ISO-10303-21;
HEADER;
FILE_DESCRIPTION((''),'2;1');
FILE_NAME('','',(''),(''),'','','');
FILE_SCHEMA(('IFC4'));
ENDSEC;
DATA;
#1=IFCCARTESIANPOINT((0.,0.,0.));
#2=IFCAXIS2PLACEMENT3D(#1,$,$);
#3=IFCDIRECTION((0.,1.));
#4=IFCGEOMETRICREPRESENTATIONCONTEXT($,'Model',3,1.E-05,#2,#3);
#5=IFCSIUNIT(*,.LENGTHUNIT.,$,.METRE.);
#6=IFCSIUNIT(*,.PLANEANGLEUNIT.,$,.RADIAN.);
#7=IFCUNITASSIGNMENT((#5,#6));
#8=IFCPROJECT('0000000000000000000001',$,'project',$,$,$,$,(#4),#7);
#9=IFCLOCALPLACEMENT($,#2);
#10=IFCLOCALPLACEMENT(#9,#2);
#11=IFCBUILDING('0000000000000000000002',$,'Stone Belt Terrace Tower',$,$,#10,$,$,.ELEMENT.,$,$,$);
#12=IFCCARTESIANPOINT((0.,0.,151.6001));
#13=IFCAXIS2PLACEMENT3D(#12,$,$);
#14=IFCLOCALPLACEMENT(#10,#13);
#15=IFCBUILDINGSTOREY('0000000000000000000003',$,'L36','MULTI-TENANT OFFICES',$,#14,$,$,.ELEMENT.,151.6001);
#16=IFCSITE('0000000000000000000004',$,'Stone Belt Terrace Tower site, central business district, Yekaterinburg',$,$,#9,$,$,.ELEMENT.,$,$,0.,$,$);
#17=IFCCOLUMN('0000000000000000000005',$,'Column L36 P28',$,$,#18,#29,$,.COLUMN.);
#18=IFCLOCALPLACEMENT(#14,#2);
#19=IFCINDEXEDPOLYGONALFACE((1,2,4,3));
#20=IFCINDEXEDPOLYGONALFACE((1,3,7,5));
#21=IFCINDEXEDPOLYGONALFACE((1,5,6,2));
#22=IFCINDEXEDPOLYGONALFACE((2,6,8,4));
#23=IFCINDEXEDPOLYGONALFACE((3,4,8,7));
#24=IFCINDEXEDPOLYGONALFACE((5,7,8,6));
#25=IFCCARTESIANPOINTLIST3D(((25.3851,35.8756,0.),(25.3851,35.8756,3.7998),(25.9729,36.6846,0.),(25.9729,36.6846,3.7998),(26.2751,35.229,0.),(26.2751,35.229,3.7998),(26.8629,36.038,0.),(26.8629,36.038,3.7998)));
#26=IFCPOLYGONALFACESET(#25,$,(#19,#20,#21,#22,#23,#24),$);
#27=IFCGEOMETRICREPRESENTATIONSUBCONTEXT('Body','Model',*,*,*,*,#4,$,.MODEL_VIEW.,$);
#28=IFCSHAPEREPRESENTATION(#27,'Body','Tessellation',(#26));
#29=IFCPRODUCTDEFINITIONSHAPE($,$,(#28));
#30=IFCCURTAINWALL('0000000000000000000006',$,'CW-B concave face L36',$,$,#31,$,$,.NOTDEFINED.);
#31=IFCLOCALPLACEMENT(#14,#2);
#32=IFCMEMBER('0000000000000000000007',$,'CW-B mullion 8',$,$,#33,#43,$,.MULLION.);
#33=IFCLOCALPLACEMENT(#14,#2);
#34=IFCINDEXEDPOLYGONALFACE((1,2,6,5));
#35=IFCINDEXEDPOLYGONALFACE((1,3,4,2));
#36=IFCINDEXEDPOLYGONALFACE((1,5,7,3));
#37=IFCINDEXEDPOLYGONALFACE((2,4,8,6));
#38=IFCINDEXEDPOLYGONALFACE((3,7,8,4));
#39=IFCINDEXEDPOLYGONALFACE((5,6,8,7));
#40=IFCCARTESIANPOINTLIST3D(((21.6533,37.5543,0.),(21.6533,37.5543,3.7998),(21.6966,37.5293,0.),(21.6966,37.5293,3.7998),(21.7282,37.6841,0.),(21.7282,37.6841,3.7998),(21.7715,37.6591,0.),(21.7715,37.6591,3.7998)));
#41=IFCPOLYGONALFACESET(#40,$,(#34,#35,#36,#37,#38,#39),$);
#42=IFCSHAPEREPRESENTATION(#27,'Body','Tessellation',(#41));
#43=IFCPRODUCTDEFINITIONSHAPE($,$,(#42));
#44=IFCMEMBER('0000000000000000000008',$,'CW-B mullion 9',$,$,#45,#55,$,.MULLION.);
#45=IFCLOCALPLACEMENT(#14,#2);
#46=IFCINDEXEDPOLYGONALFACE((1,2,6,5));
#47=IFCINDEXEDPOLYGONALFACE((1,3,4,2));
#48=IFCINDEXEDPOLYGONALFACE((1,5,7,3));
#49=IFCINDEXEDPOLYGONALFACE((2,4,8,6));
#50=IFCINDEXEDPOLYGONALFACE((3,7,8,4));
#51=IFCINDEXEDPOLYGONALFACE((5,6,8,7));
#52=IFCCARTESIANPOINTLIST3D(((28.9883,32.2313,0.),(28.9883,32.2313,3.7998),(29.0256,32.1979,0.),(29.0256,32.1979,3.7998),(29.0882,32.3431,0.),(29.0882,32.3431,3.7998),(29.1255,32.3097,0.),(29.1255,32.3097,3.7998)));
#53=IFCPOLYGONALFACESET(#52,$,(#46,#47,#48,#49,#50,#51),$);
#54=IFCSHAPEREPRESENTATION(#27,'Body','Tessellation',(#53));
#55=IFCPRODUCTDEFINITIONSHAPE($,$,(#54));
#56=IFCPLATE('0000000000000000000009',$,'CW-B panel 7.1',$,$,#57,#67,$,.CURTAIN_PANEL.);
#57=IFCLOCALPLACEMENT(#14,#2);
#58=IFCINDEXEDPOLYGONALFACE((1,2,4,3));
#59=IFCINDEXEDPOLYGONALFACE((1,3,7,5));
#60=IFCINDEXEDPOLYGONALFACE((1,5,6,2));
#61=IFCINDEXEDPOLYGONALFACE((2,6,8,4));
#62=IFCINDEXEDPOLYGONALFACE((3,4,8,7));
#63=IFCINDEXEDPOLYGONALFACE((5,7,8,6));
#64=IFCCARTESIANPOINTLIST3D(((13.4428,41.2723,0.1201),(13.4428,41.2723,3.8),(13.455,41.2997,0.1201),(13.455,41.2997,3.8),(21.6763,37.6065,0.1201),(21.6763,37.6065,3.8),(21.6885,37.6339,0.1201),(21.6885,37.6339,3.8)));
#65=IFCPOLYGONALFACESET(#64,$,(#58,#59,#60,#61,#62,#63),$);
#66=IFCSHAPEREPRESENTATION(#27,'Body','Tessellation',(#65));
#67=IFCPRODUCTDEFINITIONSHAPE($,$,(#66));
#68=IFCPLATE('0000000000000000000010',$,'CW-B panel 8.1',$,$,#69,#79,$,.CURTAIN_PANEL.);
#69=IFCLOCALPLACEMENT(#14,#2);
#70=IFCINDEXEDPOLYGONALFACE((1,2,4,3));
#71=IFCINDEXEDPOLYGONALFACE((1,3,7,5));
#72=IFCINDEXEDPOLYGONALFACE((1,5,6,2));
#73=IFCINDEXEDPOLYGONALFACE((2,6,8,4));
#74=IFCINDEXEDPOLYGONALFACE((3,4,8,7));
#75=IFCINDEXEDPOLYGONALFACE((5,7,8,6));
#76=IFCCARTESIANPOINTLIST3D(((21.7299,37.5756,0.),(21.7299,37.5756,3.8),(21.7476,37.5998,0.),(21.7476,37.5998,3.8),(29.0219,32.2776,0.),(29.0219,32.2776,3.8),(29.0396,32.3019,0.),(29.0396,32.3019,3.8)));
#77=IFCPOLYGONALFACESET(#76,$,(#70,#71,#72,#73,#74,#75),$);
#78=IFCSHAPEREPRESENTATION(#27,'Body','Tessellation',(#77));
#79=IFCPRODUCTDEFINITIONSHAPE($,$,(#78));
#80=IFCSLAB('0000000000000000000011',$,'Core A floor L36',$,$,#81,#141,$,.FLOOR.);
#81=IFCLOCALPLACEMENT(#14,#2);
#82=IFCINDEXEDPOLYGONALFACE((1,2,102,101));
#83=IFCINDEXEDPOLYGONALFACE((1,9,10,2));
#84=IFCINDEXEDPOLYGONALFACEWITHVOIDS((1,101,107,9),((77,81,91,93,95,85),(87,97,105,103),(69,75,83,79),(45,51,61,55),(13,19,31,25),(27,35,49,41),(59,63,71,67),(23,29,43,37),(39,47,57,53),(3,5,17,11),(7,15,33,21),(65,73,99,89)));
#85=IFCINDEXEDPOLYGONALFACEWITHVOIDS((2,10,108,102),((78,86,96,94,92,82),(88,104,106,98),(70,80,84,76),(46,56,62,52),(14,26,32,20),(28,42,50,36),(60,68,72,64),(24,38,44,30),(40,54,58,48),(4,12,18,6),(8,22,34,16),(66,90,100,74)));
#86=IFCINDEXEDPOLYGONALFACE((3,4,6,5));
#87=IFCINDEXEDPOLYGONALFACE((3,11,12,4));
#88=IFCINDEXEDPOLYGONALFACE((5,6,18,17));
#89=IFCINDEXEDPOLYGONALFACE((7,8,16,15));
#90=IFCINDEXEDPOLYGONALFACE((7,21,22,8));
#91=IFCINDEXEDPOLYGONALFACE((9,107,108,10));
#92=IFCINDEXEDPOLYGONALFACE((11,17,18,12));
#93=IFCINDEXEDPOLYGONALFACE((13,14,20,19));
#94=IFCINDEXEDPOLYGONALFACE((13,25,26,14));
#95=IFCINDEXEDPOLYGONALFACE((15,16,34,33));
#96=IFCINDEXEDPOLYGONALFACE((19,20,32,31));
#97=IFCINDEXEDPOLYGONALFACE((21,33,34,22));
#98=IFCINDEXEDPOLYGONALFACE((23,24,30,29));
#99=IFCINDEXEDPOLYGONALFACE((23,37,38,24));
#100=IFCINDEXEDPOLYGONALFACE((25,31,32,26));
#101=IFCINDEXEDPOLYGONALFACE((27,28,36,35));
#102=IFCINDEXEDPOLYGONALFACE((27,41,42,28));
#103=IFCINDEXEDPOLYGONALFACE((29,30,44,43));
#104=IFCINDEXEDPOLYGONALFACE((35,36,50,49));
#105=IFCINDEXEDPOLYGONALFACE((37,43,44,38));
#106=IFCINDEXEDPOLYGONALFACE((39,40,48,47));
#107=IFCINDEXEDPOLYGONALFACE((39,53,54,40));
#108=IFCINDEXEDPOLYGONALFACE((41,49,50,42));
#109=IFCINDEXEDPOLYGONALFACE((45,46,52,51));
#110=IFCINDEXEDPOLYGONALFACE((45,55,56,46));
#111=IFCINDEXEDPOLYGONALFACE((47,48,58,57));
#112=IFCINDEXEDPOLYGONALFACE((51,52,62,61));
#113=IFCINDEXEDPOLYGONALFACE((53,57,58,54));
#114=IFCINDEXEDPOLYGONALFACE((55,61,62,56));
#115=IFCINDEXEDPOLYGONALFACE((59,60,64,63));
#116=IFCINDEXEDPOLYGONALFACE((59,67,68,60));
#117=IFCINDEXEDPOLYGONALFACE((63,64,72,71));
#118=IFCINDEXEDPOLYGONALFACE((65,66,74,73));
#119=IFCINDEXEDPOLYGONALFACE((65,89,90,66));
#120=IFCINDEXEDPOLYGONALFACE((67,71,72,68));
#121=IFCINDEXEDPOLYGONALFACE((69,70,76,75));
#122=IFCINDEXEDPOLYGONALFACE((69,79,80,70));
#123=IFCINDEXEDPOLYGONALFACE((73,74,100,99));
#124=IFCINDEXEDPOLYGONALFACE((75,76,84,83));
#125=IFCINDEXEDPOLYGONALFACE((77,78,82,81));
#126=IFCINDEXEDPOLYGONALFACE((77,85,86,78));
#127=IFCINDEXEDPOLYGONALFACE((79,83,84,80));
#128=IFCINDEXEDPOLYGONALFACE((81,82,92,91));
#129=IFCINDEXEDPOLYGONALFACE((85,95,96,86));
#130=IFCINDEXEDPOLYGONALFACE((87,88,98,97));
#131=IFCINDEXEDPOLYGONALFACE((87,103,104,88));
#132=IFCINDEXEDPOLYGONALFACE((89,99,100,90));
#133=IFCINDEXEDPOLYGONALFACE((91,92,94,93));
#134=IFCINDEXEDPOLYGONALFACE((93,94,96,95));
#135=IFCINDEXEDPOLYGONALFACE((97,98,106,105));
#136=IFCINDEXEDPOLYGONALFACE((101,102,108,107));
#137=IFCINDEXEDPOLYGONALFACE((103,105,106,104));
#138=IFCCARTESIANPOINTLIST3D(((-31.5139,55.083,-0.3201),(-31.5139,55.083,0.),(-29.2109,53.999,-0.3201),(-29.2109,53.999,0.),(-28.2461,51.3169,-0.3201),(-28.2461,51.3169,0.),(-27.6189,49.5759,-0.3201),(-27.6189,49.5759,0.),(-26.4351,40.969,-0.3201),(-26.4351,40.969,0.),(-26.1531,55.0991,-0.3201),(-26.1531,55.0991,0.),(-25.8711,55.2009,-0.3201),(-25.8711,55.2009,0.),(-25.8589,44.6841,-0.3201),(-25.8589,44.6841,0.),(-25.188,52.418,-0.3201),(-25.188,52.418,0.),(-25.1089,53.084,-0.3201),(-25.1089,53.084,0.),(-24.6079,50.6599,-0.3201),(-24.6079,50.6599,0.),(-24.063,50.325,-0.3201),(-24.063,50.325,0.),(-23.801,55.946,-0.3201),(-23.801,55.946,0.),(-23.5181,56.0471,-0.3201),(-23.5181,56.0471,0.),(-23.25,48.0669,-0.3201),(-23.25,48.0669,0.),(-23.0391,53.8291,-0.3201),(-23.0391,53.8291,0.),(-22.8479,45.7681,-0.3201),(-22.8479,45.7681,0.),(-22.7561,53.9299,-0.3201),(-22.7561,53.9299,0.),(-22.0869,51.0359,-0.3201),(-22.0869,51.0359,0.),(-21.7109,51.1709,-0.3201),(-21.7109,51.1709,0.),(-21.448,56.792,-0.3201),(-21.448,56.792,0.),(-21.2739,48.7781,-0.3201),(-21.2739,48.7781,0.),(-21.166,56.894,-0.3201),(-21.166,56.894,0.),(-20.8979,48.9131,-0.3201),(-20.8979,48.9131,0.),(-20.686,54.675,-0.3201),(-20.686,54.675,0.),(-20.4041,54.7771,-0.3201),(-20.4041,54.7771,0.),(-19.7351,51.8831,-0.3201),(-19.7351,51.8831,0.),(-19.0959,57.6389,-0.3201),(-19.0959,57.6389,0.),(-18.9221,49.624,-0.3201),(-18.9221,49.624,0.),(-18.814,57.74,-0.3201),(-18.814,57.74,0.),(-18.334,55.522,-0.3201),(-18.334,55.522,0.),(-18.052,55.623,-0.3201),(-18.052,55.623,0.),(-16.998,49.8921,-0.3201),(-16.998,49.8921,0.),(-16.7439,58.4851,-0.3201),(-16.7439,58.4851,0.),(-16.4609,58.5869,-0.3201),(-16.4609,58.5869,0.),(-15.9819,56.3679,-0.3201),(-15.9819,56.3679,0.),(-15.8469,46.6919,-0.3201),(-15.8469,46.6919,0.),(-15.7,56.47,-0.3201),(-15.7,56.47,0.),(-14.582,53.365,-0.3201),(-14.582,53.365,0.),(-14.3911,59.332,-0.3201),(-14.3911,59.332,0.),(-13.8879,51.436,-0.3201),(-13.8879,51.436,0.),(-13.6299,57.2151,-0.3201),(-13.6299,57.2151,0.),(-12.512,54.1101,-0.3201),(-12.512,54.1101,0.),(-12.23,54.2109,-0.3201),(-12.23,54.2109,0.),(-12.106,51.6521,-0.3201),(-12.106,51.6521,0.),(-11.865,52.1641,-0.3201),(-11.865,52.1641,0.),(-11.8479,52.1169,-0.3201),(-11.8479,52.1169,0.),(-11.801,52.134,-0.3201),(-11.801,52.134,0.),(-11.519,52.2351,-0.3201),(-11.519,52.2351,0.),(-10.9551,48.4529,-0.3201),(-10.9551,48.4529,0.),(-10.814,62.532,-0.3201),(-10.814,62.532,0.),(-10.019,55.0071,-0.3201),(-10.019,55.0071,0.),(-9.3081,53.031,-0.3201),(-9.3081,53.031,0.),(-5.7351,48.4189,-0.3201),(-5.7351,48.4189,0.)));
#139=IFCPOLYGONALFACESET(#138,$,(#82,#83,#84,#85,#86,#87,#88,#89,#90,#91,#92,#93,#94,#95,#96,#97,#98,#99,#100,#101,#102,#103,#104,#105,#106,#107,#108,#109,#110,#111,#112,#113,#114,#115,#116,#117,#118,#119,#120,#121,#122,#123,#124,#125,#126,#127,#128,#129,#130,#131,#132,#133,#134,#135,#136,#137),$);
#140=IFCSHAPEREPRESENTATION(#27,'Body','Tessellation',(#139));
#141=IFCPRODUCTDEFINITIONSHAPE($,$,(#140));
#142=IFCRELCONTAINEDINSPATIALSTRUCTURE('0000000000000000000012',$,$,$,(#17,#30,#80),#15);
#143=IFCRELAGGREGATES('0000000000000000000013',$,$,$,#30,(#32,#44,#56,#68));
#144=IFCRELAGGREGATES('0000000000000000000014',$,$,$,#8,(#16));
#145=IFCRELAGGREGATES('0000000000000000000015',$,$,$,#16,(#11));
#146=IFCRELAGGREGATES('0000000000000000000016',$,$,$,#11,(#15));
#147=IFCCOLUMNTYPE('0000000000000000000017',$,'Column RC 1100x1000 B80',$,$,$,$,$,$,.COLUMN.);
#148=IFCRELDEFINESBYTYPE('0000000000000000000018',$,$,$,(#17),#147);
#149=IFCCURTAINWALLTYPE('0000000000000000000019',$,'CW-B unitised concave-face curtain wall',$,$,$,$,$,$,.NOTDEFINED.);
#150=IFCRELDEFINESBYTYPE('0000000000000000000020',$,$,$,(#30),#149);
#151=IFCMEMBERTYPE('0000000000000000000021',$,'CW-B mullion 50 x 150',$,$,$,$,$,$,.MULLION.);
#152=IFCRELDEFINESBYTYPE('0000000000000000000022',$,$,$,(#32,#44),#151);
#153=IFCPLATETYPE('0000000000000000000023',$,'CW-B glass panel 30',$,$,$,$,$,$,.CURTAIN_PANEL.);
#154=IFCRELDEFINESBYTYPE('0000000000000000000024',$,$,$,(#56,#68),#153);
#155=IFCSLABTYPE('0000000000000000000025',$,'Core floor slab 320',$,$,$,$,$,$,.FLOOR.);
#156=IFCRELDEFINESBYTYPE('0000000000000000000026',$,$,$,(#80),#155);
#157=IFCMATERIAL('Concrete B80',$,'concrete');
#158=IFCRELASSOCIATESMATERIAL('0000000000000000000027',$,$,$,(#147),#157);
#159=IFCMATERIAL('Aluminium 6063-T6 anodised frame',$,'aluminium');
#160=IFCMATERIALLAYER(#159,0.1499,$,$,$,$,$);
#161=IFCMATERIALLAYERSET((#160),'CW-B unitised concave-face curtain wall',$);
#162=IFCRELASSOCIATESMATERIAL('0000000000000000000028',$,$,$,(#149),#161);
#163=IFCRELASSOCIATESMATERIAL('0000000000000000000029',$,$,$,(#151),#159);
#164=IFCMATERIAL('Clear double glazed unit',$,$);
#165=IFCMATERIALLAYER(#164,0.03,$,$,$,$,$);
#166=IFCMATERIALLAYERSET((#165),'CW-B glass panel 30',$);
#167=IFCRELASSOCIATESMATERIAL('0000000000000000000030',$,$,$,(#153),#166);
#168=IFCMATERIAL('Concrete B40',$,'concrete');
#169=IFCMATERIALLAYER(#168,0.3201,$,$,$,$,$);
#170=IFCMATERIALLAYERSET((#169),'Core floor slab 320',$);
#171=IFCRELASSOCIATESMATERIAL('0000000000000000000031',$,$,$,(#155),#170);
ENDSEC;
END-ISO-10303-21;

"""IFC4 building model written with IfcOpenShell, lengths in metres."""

from ifc_helpers import new_model, si_unit, direction, frame, origin, origin_2d, place, context, subcontext, project, spatial, polyline, rectangle, outline, extrude, material, layer, layer_set, material_profile, profile_set, type_object, element, aggregate, save


model = new_model("IFC4")

# Units and contexts
model_context = context("Model", 3, precision=1e-05, world=origin(), true_north=direction((0.0, 1.0)))
body_context = subcontext(model_context, "Body", "Model", "MODEL_VIEW")
ifc_project = project(units=[si_unit("LENGTHUNIT", "METRE"), si_unit("PLANEANGLEUNIT", "RADIAN")], contexts=[model_context])

# Site, building, storey
site_placement = place(None, origin())
site = spatial("IfcSite", under=ifc_project, at=site_placement, Name="Stone Belt Terrace Tower site, central business district, Yekaterinburg", CompositionType="ELEMENT", RefElevation=0.0)
building_placement = place(site_placement, origin())
building = spatial("IfcBuilding", under=site, at=building_placement, Name="Stone Belt Terrace Tower", CompositionType="ELEMENT")
storey_placement = place(building_placement, frame((0.0, 0.0, 151.6001)))
storey = spatial("IfcBuildingStorey", under=building, at=storey_placement, Name="L36", Description="MULTI-TENANT OFFICES", CompositionType="ELEMENT", Elevation=151.6001)

# Column
ifc_material_1 = material(Name="Concrete B80", Category="concrete")
ifc_material_profile_1 = material_profile(ifc_material_1, rectangle(XDim=1.1001, YDim=1.0, at=origin_2d()), Name="RC 1100x1000")
ifc_profile_set_1 = profile_set([ifc_material_profile_1], Name="Concrete B80")
column_type = type_object("IfcColumnType", Name="Column RC 1100x1000 B80", PredefinedType="COLUMN", material=ifc_profile_set_1)
column_placement = place(storey_placement, frame((26.124, 35.9568, 0.0), z_axis=(0.0, 0.0, 1.0), x_axis=(0.809017, -0.587785, 0.0)))
element("IfcColumn", 1, at=column_placement, inside=storey, type_object=column_type, Name="Column L36 P28", PredefinedType="COLUMN", context=body_context, shape_type="SweptSolid", body=[
    extrude(rectangle(XDim=1.1001, YDim=1.0, at=origin_2d()), origin(), (0.0, 0.0, 1.0), 3.7998),
])

# Curtain wall, members, plates
ifc_material_2 = material(Name="Aluminium 6063-T6 anodised frame", Category="aluminium")
ifc_layer_1 = layer(ifc_material_2, 0.1499)
ifc_layer_set_1 = layer_set([ifc_layer_1], Name="CW-B unitised concave-face curtain wall")
curtain_wall_type = type_object("IfcCurtainWallType", Name="CW-B unitised concave-face curtain wall", PredefinedType="NOTDEFINED", material=ifc_layer_set_1)
curtain_wall_placement = place(storey_placement, origin())
curtain_wall = element("IfcCurtainWall", 2, at=curtain_wall_placement, inside=storey, type_object=curtain_wall_type, Name="CW-B concave face L36", PredefinedType="NOTDEFINED")
ifc_material_profile_2 = material_profile(ifc_material_2, rectangle(XDim=0.1499, YDim=0.05, at=origin_2d()), Name="Aluminium 6063-T6 50x150")
ifc_profile_set_2 = profile_set([ifc_material_profile_2], Name="Aluminium 6063-T6 anodised frame")
member_type = type_object("IfcMemberType", Name="CW-B mullion 50 x 150", PredefinedType="MULLION", material=ifc_profile_set_2)
member_1_placement = place(storey_placement, frame((21.7124, 37.6067, 0.0), z_axis=(0.0, 0.0, 1.0), x_axis=(0.5, 0.866025, 0.0)))
member_1 = element("IfcMember", 3, at=member_1_placement, type_object=member_type, Name="CW-B mullion 8", PredefinedType="MULLION", context=body_context, shape_type="SweptSolid", body=[
    extrude(rectangle(XDim=0.1499, YDim=0.05, at=origin_2d()), origin(), (0.0, 0.0, 1.0), 3.7998),
])
member_2_placement = place(storey_placement, frame((29.0569, 32.2705, 0.0), z_axis=(0.0, 0.0, 1.0), x_axis=(0.666301, 0.745683, 0.0)))
member_2 = element("IfcMember", 4, at=member_2_placement, type_object=member_type, Name="CW-B mullion 9", PredefinedType="MULLION", context=body_context, shape_type="SweptSolid", body=[
    extrude(rectangle(XDim=0.1499, YDim=0.05, at=origin_2d()), origin(), (0.0, 0.0, 1.0), 3.7998),
])
ifc_material_3 = material(Name="Clear double glazed unit")
ifc_layer_2 = layer(ifc_material_3, 0.03)
ifc_layer_set_2 = layer_set([ifc_layer_2], Name="CW-B glass panel 30")
plate_type = type_object("IfcPlateType", Name="CW-B glass panel 30", PredefinedType="CURTAIN_PANEL", material=ifc_layer_set_2)
plate_1_placement = place(storey_placement, frame((17.5657, 39.4531, 0.1201), z_axis=(0.0, 0.0, 1.0), x_axis=(0.913545, -0.406737, 0.0)))
plate_1 = element("IfcPlate", 5, at=plate_1_placement, type_object=plate_type, Name="CW-B panel 7.1", PredefinedType="CURTAIN_PANEL", context=body_context, shape_type="SweptSolid", body=[
    extrude(rectangle(XDim=9.0127, YDim=0.03, at=origin_2d()), origin(), (0.0, 0.0, 1.0), 3.6799),
])
plate_2_placement = place(storey_placement, frame((25.3848, 34.9387, 0.0), z_axis=(0.0, 0.0, 1.0), x_axis=(0.809017, -0.587785, 0.0)))
plate_2 = element("IfcPlate", 6, at=plate_2_placement, type_object=plate_type, Name="CW-B panel 8.1", PredefinedType="CURTAIN_PANEL", context=body_context, shape_type="SweptSolid", body=[
    extrude(rectangle(XDim=9.0134, YDim=0.03, at=origin_2d()), origin(), (0.0, 0.0, 1.0), 3.8),
])
aggregate(curtain_wall, [member_1, member_2, plate_1, plate_2])

# Slab
ifc_material_4 = material(Name="Concrete B40", Category="concrete")
ifc_layer_3 = layer(ifc_material_4, 0.3201)
ifc_layer_set_3 = layer_set([ifc_layer_3], Name="Core floor slab 320")
slab_type_1 = type_object("IfcSlabType", Name="Core floor slab 320", PredefinedType="FLOOR", material=ifc_layer_set_3)
slab_1_placement = place(storey_placement, frame((0.0, 0.0, -0.3201)))
element("IfcSlab", 7, at=slab_1_placement, inside=storey, type_object=slab_type_1, Name="Core A floor L36", PredefinedType="FLOOR", context=body_context, shape_type="SweptSolid", body=[
    extrude(outline(polyline([(-26.4351, 40.969), (-5.7351, 48.4189), (-10.814, 62.532), (-31.5139, 55.083), (-26.4351, 40.969)]), holes=[polyline([(-24.6079, 50.6599), (-22.8479, 45.7681), (-25.8589, 44.6841), (-27.6189, 49.5759), (-24.6079, 50.6599)]), polyline([(-23.25, 48.0669), (-24.063, 50.325), (-22.0869, 51.0359), (-21.2739, 48.7781), (-23.25, 48.0669)]), polyline([(-20.8979, 48.9131), (-21.7109, 51.1709), (-19.7351, 51.8831), (-18.9221, 49.624), (-20.8979, 48.9131)]), polyline([(-28.2461, 51.3169), (-29.2109, 53.999), (-26.1531, 55.0991), (-25.188, 52.418), (-28.2461, 51.3169)]), polyline([(-23.801, 55.946), (-23.0391, 53.8291), (-25.1089, 53.084), (-25.8711, 55.2009), (-23.801, 55.946)]), polyline([(-21.448, 56.792), (-20.686, 54.675), (-22.7561, 53.9299), (-23.5181, 56.0471), (-21.448, 56.792)]), polyline([(-10.9551, 48.4529), (-15.8469, 46.6919), (-16.998, 49.8921), (-12.106, 51.6521), (-10.9551, 48.4529)]), polyline([(-11.8479, 52.1169), (-11.865, 52.1641), (-13.8879, 51.436), (-14.582, 53.365), (-12.512, 54.1101), (-11.801, 52.134), (-11.8479, 52.1169)]), polyline([(-9.3081, 53.031), (-11.519, 52.2351), (-12.23, 54.2109), (-10.019, 55.0071), (-9.3081, 53.031)]), polyline([(-21.166, 56.894), (-19.0959, 57.6389), (-18.334, 55.522), (-20.4041, 54.7771), (-21.166, 56.894)]), polyline([(-16.7439, 58.4851), (-15.9819, 56.3679), (-18.052, 55.623), (-18.814, 57.74), (-16.7439, 58.4851)]), polyline([(-14.3911, 59.332), (-13.6299, 57.2151), (-15.7, 56.47), (-16.4609, 58.5869), (-14.3911, 59.332)])]), origin(), (0.0, 0.0, 1.0), 0.3201),
])

save(model, "model.ifc")
